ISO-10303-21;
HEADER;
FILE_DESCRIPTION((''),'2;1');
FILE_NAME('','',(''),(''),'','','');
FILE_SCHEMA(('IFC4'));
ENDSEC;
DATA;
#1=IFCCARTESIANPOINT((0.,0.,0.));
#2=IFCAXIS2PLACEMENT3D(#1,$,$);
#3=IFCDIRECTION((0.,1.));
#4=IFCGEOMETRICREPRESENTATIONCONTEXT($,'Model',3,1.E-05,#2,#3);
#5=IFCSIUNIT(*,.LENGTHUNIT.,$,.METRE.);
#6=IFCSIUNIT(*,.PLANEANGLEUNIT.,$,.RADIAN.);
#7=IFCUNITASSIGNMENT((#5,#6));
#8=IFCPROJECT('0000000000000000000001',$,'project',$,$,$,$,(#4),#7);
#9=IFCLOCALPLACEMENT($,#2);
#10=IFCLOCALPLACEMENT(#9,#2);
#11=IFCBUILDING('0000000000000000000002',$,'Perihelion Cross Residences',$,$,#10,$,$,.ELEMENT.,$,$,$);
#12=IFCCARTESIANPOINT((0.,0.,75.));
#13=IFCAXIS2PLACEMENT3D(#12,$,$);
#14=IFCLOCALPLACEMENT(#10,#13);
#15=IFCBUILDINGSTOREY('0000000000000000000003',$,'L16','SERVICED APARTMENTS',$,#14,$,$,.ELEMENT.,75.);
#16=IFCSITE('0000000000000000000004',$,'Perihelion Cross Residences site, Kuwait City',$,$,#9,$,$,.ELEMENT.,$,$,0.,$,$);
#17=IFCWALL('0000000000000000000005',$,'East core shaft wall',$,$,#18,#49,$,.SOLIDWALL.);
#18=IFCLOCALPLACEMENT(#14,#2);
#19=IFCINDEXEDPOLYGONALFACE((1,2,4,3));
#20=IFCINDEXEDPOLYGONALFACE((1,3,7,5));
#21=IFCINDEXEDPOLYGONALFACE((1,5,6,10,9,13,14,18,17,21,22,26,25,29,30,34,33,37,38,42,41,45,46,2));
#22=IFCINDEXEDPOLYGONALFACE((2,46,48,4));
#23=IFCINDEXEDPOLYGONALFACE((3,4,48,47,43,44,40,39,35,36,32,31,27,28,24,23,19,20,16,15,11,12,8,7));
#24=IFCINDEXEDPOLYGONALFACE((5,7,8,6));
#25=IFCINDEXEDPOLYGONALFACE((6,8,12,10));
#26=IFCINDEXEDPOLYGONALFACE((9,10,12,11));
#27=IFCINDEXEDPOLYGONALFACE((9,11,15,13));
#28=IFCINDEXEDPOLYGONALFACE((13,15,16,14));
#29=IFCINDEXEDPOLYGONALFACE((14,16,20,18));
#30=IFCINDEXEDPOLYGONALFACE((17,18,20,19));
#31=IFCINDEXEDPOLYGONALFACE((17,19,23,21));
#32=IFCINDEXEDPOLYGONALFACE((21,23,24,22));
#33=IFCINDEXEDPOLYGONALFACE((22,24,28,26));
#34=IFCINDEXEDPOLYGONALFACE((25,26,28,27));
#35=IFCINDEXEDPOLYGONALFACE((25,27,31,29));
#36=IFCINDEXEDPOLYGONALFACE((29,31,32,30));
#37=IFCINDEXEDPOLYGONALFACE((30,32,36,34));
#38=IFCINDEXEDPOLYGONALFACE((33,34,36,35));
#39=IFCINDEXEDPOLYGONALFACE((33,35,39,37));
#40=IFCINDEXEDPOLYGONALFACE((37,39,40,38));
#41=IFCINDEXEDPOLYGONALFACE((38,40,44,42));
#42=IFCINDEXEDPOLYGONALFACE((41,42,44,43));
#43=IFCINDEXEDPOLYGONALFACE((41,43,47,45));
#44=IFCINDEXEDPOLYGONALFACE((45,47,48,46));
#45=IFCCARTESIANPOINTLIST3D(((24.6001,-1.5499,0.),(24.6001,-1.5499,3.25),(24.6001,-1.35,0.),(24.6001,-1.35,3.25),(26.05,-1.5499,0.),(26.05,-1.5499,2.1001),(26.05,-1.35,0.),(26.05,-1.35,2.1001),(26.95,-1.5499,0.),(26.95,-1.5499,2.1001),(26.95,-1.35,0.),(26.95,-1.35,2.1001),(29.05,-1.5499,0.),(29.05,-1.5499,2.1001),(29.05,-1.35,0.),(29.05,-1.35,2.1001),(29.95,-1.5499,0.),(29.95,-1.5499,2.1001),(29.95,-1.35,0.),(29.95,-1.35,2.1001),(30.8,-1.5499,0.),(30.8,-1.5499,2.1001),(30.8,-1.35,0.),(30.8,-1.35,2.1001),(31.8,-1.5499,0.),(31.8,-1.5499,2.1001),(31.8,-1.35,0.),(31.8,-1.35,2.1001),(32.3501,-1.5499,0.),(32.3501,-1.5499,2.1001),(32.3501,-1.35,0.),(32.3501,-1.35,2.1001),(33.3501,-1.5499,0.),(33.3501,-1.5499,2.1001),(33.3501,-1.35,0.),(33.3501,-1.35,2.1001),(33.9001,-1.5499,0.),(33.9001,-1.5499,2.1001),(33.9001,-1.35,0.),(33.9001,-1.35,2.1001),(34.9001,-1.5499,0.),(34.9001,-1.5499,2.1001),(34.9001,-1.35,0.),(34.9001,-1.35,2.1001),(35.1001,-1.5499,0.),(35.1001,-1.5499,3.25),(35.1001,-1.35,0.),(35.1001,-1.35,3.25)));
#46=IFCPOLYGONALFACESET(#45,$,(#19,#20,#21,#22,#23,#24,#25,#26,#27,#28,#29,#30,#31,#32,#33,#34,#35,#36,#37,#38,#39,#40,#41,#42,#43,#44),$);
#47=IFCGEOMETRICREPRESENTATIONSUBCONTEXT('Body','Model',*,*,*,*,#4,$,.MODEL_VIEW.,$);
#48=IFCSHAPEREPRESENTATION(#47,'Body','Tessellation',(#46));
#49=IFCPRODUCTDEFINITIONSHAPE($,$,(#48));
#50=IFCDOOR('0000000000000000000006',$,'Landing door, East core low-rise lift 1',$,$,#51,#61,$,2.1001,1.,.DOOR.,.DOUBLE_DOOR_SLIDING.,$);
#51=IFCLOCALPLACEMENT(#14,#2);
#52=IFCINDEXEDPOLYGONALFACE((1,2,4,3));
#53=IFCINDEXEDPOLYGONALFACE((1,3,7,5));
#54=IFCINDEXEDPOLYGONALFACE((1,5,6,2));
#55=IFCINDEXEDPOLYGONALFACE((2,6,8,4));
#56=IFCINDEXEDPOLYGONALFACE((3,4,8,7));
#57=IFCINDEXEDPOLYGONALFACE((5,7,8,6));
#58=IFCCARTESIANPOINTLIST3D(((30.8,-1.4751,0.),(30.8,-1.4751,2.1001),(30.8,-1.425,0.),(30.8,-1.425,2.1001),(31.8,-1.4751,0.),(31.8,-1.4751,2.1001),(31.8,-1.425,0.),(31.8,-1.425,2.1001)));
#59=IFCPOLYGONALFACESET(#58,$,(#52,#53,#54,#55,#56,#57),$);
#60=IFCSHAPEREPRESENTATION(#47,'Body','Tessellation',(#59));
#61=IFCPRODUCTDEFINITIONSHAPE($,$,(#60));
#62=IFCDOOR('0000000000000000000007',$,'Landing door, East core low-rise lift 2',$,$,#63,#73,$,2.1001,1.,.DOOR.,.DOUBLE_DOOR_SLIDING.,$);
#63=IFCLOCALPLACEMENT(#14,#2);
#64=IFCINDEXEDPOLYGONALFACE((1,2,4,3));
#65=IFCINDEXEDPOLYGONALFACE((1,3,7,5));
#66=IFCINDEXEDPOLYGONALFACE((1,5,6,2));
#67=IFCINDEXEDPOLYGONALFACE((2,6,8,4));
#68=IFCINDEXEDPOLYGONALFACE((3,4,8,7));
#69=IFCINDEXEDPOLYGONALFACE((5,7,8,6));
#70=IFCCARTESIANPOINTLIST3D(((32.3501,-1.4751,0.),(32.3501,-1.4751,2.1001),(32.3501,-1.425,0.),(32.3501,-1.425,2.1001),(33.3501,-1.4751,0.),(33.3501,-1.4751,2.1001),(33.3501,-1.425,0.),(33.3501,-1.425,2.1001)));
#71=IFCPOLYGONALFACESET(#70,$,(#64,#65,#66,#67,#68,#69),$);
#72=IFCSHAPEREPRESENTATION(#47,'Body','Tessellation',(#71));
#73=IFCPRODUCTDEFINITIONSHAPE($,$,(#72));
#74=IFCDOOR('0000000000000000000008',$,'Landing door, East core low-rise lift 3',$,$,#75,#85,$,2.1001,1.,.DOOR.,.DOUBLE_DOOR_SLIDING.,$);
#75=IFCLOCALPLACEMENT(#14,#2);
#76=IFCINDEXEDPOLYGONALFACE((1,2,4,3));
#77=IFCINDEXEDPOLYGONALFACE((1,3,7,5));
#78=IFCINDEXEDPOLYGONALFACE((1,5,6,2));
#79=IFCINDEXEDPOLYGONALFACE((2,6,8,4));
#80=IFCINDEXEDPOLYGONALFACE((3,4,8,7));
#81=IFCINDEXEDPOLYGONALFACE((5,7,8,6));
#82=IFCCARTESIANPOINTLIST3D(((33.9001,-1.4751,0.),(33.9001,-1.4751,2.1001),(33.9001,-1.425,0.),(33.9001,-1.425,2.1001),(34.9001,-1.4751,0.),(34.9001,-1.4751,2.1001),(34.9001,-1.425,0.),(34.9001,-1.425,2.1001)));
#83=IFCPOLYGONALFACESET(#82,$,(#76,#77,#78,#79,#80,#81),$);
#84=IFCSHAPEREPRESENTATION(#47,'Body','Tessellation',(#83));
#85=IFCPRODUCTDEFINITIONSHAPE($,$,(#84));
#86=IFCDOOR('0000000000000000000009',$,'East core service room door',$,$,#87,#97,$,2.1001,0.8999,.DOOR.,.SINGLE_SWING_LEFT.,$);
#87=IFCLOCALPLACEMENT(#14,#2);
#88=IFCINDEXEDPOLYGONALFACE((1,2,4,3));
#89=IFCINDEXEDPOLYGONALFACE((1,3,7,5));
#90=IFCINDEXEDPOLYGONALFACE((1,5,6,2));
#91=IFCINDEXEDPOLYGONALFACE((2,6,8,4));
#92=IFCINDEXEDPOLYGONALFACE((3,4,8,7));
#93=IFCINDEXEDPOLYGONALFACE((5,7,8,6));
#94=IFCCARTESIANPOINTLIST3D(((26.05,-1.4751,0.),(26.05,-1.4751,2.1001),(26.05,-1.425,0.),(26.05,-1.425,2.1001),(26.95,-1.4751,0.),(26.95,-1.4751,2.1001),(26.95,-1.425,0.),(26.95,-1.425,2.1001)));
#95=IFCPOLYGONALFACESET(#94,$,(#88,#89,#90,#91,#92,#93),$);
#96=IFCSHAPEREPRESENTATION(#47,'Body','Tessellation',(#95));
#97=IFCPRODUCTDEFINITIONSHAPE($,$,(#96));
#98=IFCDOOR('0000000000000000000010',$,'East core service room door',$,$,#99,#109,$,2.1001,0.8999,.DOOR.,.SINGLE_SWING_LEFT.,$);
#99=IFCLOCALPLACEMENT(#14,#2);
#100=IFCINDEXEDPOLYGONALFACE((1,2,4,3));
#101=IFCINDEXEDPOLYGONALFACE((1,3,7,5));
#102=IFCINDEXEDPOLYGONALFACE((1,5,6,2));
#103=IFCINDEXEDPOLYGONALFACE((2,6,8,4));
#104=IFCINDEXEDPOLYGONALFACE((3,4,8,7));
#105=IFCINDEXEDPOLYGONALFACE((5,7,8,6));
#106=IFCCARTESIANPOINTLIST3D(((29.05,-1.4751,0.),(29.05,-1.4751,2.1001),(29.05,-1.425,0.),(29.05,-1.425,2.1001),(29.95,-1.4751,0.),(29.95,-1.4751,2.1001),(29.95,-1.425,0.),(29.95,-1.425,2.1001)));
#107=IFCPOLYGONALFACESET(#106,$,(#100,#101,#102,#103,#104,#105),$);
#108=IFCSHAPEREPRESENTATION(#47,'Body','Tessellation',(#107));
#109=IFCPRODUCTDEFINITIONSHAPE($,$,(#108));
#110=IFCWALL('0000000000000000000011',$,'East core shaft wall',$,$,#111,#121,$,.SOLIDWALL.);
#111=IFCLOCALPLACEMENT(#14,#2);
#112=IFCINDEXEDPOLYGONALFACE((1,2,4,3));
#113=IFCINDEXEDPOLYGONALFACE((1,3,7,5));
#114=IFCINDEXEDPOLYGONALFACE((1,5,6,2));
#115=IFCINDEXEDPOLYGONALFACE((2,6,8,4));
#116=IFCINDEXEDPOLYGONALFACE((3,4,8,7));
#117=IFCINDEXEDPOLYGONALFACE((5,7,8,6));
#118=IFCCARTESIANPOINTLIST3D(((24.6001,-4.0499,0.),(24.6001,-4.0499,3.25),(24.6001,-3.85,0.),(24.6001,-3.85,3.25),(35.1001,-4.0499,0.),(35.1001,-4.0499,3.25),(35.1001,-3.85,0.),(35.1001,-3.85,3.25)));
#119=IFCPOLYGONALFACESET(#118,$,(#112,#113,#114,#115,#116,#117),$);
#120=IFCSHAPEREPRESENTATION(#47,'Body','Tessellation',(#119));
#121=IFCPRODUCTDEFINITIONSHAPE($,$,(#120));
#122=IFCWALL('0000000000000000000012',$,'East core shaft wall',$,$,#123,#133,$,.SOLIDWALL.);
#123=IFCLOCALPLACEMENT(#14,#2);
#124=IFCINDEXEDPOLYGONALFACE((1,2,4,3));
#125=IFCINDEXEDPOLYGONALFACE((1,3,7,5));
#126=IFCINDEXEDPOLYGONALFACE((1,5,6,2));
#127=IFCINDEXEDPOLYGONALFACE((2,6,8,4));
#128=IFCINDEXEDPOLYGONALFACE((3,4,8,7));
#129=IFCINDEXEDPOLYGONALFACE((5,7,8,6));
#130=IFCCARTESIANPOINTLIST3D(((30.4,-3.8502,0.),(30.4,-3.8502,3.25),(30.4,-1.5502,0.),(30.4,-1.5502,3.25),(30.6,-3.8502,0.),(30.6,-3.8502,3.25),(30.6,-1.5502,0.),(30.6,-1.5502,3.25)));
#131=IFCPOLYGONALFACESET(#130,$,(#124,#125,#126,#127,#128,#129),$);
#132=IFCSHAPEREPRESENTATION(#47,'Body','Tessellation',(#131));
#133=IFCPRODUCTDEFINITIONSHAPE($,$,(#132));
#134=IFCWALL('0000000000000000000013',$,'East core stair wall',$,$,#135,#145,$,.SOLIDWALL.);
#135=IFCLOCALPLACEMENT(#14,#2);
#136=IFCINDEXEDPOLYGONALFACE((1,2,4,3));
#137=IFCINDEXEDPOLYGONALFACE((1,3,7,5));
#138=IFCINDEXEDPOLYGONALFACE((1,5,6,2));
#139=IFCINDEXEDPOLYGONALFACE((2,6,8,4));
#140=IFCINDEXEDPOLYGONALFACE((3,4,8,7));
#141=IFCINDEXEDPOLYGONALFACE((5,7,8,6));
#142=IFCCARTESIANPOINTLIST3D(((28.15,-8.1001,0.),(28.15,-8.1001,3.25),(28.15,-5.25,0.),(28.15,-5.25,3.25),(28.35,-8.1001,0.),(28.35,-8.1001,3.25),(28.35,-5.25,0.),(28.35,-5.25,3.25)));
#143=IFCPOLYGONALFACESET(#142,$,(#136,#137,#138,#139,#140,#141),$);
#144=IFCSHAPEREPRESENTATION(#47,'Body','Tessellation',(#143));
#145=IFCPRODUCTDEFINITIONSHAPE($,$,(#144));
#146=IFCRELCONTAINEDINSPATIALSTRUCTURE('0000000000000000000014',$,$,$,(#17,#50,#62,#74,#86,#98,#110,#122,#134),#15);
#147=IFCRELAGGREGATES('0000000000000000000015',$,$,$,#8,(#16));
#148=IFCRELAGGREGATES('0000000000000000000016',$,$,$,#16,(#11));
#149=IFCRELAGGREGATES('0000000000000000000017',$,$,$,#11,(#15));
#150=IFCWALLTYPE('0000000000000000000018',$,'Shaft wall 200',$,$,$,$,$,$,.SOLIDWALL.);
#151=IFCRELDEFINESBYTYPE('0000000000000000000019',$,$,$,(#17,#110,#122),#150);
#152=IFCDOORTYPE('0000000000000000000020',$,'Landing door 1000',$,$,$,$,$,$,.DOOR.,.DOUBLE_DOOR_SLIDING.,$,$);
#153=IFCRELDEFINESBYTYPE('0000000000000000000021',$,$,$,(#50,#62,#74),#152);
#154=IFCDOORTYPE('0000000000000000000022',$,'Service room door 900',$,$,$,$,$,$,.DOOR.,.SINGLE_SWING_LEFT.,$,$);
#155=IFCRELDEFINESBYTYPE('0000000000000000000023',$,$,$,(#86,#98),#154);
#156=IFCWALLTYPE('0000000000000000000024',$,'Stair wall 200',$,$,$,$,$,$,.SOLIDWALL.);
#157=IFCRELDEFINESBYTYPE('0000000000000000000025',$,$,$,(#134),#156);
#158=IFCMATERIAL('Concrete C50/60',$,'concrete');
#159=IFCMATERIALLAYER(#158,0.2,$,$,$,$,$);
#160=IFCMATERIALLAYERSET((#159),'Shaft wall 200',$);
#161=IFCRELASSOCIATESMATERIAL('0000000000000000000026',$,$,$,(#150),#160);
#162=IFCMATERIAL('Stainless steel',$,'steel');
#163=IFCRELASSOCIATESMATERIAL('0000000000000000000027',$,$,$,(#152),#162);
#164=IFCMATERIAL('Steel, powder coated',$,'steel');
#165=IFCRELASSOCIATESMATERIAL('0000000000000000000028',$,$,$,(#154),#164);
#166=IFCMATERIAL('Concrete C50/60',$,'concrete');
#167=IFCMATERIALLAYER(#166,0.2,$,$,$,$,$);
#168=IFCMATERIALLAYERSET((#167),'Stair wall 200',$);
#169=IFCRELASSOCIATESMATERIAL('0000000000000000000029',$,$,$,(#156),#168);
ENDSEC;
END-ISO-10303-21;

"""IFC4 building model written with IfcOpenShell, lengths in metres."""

from ifc_helpers import new_model, si_unit, direction, frame, frame_2d, origin, place, context, subcontext, project, spatial, rectangle, extrude, material, layer, layer_set, type_object, element, fill, save


model = new_model("IFC4")

# Units and contexts
model_context = context("Model", 3, precision=1e-05, world=origin(), true_north=direction((0.0, 1.0)))
body_context = subcontext(model_context, "Body", "Model", "MODEL_VIEW")
ifc_project = project(units=[si_unit("LENGTHUNIT", "METRE"), si_unit("PLANEANGLEUNIT", "RADIAN")], contexts=[model_context])

# Site, building, storey
site_placement = place(None, origin())
site = spatial("IfcSite", under=ifc_project, at=site_placement, Name="Perihelion Cross Residences site, Kuwait City", CompositionType="ELEMENT", RefElevation=0.0)
building_placement = place(site_placement, origin())
building = spatial("IfcBuilding", under=site, at=building_placement, Name="Perihelion Cross Residences", CompositionType="ELEMENT")
storey_placement = place(building_placement, frame((0.0, 0.0, 75.0)))
storey = spatial("IfcBuildingStorey", under=building, at=storey_placement, Name="L16", Description="SERVICED APARTMENTS", CompositionType="ELEMENT", Elevation=75.0)

# Wall, openings, doors
ifc_material_1 = material(Name="Concrete C50/60", Category="concrete")
ifc_layer_1 = layer(ifc_material_1, 0.2)
ifc_layer_set_1 = layer_set([ifc_layer_1], Name="Shaft wall 200")
wall_type_1 = type_object("IfcWallType", Name="Shaft wall 200", PredefinedType="SOLIDWALL", material=ifc_layer_set_1)
wall_1_placement = place(storey_placement, frame((24.6001, -1.45, 0.0), z_axis=(0.0, 0.0, 1.0), x_axis=(1.0, 0.0, 0.0)))
wall_1 = element("IfcWall", 1, at=wall_1_placement, inside=storey, type_object=wall_type_1, Name="East core shaft wall", PredefinedType="SOLIDWALL", context=body_context, shape_type="SweptSolid", body=[
    extrude(rectangle(XDim=10.5, YDim=0.2, at=frame_2d((5.25, 0.0))), origin(), (0.0, 0.0, 1.0), 3.25),
])
opening_1_placement = place(wall_1_placement, frame((6.2, 0.0, 0.0)))
opening_1 = element("IfcOpeningElement", 2, at=opening_1_placement, cuts=wall_1, PredefinedType="OPENING", context=body_context, shape_type="SweptSolid", body=[
    extrude(rectangle(XDim=1.0, YDim=2.1001, at=frame_2d((0.5, 1.05))), frame((0.0, 0.1099, 0.0), z_axis=(0.0, -1.0, 0.0), x_axis=(1.0, 0.0, 0.0)), (0.0, 0.0, 1.0), 0.22),
])
opening_2_placement = place(wall_1_placement, frame((7.75, 0.0, 0.0)))
opening_2 = element("IfcOpeningElement", 3, at=opening_2_placement, cuts=wall_1, PredefinedType="OPENING", context=body_context, shape_type="SweptSolid", body=[
    extrude(rectangle(XDim=1.0, YDim=2.1001, at=frame_2d((0.5, 1.05))), frame((0.0, 0.1099, 0.0), z_axis=(0.0, -1.0, 0.0), x_axis=(1.0, 0.0, 0.0)), (0.0, 0.0, 1.0), 0.22),
])
opening_3_placement = place(wall_1_placement, frame((9.3, 0.0, 0.0)))
opening_3 = element("IfcOpeningElement", 4, at=opening_3_placement, cuts=wall_1, PredefinedType="OPENING", context=body_context, shape_type="SweptSolid", body=[
    extrude(rectangle(XDim=1.0, YDim=2.1001, at=frame_2d((0.5, 1.05))), frame((0.0, 0.1099, 0.0), z_axis=(0.0, -1.0, 0.0), x_axis=(1.0, 0.0, 0.0)), (0.0, 0.0, 1.0), 0.22),
])
opening_4_placement = place(wall_1_placement, frame((1.45, 0.0, 0.0)))
opening_4 = element("IfcOpeningElement", 5, at=opening_4_placement, cuts=wall_1, PredefinedType="OPENING", context=body_context, shape_type="SweptSolid", body=[
    extrude(rectangle(XDim=0.8999, YDim=2.1001, at=frame_2d((0.45, 1.05))), frame((0.0, 0.1099, 0.0), z_axis=(0.0, -1.0, 0.0), x_axis=(1.0, 0.0, 0.0)), (0.0, 0.0, 1.0), 0.22),
])
opening_5_placement = place(wall_1_placement, frame((4.45, 0.0, 0.0)))
opening_5 = element("IfcOpeningElement", 6, at=opening_5_placement, cuts=wall_1, PredefinedType="OPENING", context=body_context, shape_type="SweptSolid", body=[
    extrude(rectangle(XDim=0.8999, YDim=2.1001, at=frame_2d((0.45, 1.05))), frame((0.0, 0.1099, 0.0), z_axis=(0.0, -1.0, 0.0), x_axis=(1.0, 0.0, 0.0)), (0.0, 0.0, 1.0), 0.22),
])
ifc_material_2 = material(Name="Stainless steel", Category="steel")
door_type_1 = type_object("IfcDoorType", Name="Landing door 1000", OperationType="DOUBLE_DOOR_SLIDING", PredefinedType="DOOR", material=ifc_material_2)
door_1_placement = place(opening_1_placement, origin())
door_1 = element("IfcDoor", 7, at=door_1_placement, inside=storey, type_object=door_type_1, Name="Landing door, East core low-rise lift 1", OperationType="DOUBLE_DOOR_SLIDING", OverallHeight=2.1001, OverallWidth=1.0, PredefinedType="DOOR", context=body_context, shape_type="SweptSolid", body=[
    extrude(rectangle(XDim=1.0, YDim=2.1001, at=frame_2d((0.5, 1.05))), frame((0.0, 0.0249, 0.0), z_axis=(0.0, -1.0, 0.0), x_axis=(1.0, 0.0, 0.0)), (0.0, 0.0, 1.0), 0.05),
])
fill(opening_1, door_1)
door_2_placement = place(opening_2_placement, origin())
door_2 = element("IfcDoor", 8, at=door_2_placement, inside=storey, type_object=door_type_1, Name="Landing door, East core low-rise lift 2", OperationType="DOUBLE_DOOR_SLIDING", OverallHeight=2.1001, OverallWidth=1.0, PredefinedType="DOOR", context=body_context, shape_type="SweptSolid", body=[
    extrude(rectangle(XDim=1.0, YDim=2.1001, at=frame_2d((0.5, 1.05))), frame((0.0, 0.0249, 0.0), z_axis=(0.0, -1.0, 0.0), x_axis=(1.0, 0.0, 0.0)), (0.0, 0.0, 1.0), 0.05),
])
fill(opening_2, door_2)
door_3_placement = place(opening_3_placement, origin())
door_3 = element("IfcDoor", 9, at=door_3_placement, inside=storey, type_object=door_type_1, Name="Landing door, East core low-rise lift 3", OperationType="DOUBLE_DOOR_SLIDING", OverallHeight=2.1001, OverallWidth=1.0, PredefinedType="DOOR", context=body_context, shape_type="SweptSolid", body=[
    extrude(rectangle(XDim=1.0, YDim=2.1001, at=frame_2d((0.5, 1.05))), frame((0.0, 0.0249, 0.0), z_axis=(0.0, -1.0, 0.0), x_axis=(1.0, 0.0, 0.0)), (0.0, 0.0, 1.0), 0.05),
])
fill(opening_3, door_3)
ifc_material_3 = material(Name="Steel, powder coated", Category="steel")
door_type_2 = type_object("IfcDoorType", Name="Service room door 900", OperationType="SINGLE_SWING_LEFT", PredefinedType="DOOR", material=ifc_material_3)
door_4_placement = place(opening_4_placement, origin())
door_4 = element("IfcDoor", 10, at=door_4_placement, inside=storey, type_object=door_type_2, Name="East core service room door", OperationType="SINGLE_SWING_LEFT", OverallHeight=2.1001, OverallWidth=0.8999, PredefinedType="DOOR", context=body_context, shape_type="SweptSolid", body=[
    extrude(rectangle(XDim=0.8999, YDim=2.1001, at=frame_2d((0.45, 1.05))), frame((0.0, 0.0249, 0.0), z_axis=(0.0, -1.0, 0.0), x_axis=(1.0, 0.0, 0.0)), (0.0, 0.0, 1.0), 0.05),
])
fill(opening_4, door_4)
door_5_placement = place(opening_5_placement, origin())
door_5 = element("IfcDoor", 11, at=door_5_placement, inside=storey, type_object=door_type_2, Name="East core service room door", OperationType="SINGLE_SWING_LEFT", OverallHeight=2.1001, OverallWidth=0.8999, PredefinedType="DOOR", context=body_context, shape_type="SweptSolid", body=[
    extrude(rectangle(XDim=0.8999, YDim=2.1001, at=frame_2d((0.45, 1.05))), frame((0.0, 0.0249, 0.0), z_axis=(0.0, -1.0, 0.0), x_axis=(1.0, 0.0, 0.0)), (0.0, 0.0, 1.0), 0.05),
])
fill(opening_5, door_5)

# Walls
wall_2_placement = place(storey_placement, frame((24.6001, -3.95, 0.0), z_axis=(0.0, 0.0, 1.0), x_axis=(1.0, 0.0, 0.0)))
element("IfcWall", 12, at=wall_2_placement, inside=storey, type_object=wall_type_1, Name="East core shaft wall", PredefinedType="SOLIDWALL", context=body_context, shape_type="SweptSolid", body=[
    extrude(rectangle(XDim=10.5, YDim=0.2, at=frame_2d((5.25, 0.0))), origin(), (0.0, 0.0, 1.0), 3.25),
])
wall_3_placement = place(storey_placement, frame((30.5, -3.8501, 0.0), z_axis=(0.0, 0.0, 1.0), x_axis=(0.0, 1.0, 0.0)))
element("IfcWall", 13, at=wall_3_placement, inside=storey, type_object=wall_type_1, Name="East core shaft wall", PredefinedType="SOLIDWALL", context=body_context, shape_type="SweptSolid", body=[
    extrude(rectangle(XDim=2.3, YDim=0.2, at=frame_2d((1.1499, 0.0))), origin(), (0.0, 0.0, 1.0), 3.25),
])
ifc_material_4 = material(Name="Concrete C50/60", Category="concrete")
ifc_layer_2 = layer(ifc_material_4, 0.2)
ifc_layer_set_2 = layer_set([ifc_layer_2], Name="Stair wall 200")
wall_type_2 = type_object("IfcWallType", Name="Stair wall 200", PredefinedType="SOLIDWALL", material=ifc_layer_set_2)
wall_4_placement = place(storey_placement, frame((28.25, -8.1001, 0.0), z_axis=(0.0, 0.0, 1.0), x_axis=(0.0, 1.0, 0.0)))
element("IfcWall", 14, at=wall_4_placement, inside=storey, type_object=wall_type_2, Name="East core stair wall", PredefinedType="SOLIDWALL", context=body_context, shape_type="SweptSolid", body=[
    extrude(rectangle(XDim=2.8501, YDim=0.2, at=frame_2d((1.425, 0.0))), origin(), (0.0, 0.0, 1.0), 3.25),
])

save(model, "model.ifc")
